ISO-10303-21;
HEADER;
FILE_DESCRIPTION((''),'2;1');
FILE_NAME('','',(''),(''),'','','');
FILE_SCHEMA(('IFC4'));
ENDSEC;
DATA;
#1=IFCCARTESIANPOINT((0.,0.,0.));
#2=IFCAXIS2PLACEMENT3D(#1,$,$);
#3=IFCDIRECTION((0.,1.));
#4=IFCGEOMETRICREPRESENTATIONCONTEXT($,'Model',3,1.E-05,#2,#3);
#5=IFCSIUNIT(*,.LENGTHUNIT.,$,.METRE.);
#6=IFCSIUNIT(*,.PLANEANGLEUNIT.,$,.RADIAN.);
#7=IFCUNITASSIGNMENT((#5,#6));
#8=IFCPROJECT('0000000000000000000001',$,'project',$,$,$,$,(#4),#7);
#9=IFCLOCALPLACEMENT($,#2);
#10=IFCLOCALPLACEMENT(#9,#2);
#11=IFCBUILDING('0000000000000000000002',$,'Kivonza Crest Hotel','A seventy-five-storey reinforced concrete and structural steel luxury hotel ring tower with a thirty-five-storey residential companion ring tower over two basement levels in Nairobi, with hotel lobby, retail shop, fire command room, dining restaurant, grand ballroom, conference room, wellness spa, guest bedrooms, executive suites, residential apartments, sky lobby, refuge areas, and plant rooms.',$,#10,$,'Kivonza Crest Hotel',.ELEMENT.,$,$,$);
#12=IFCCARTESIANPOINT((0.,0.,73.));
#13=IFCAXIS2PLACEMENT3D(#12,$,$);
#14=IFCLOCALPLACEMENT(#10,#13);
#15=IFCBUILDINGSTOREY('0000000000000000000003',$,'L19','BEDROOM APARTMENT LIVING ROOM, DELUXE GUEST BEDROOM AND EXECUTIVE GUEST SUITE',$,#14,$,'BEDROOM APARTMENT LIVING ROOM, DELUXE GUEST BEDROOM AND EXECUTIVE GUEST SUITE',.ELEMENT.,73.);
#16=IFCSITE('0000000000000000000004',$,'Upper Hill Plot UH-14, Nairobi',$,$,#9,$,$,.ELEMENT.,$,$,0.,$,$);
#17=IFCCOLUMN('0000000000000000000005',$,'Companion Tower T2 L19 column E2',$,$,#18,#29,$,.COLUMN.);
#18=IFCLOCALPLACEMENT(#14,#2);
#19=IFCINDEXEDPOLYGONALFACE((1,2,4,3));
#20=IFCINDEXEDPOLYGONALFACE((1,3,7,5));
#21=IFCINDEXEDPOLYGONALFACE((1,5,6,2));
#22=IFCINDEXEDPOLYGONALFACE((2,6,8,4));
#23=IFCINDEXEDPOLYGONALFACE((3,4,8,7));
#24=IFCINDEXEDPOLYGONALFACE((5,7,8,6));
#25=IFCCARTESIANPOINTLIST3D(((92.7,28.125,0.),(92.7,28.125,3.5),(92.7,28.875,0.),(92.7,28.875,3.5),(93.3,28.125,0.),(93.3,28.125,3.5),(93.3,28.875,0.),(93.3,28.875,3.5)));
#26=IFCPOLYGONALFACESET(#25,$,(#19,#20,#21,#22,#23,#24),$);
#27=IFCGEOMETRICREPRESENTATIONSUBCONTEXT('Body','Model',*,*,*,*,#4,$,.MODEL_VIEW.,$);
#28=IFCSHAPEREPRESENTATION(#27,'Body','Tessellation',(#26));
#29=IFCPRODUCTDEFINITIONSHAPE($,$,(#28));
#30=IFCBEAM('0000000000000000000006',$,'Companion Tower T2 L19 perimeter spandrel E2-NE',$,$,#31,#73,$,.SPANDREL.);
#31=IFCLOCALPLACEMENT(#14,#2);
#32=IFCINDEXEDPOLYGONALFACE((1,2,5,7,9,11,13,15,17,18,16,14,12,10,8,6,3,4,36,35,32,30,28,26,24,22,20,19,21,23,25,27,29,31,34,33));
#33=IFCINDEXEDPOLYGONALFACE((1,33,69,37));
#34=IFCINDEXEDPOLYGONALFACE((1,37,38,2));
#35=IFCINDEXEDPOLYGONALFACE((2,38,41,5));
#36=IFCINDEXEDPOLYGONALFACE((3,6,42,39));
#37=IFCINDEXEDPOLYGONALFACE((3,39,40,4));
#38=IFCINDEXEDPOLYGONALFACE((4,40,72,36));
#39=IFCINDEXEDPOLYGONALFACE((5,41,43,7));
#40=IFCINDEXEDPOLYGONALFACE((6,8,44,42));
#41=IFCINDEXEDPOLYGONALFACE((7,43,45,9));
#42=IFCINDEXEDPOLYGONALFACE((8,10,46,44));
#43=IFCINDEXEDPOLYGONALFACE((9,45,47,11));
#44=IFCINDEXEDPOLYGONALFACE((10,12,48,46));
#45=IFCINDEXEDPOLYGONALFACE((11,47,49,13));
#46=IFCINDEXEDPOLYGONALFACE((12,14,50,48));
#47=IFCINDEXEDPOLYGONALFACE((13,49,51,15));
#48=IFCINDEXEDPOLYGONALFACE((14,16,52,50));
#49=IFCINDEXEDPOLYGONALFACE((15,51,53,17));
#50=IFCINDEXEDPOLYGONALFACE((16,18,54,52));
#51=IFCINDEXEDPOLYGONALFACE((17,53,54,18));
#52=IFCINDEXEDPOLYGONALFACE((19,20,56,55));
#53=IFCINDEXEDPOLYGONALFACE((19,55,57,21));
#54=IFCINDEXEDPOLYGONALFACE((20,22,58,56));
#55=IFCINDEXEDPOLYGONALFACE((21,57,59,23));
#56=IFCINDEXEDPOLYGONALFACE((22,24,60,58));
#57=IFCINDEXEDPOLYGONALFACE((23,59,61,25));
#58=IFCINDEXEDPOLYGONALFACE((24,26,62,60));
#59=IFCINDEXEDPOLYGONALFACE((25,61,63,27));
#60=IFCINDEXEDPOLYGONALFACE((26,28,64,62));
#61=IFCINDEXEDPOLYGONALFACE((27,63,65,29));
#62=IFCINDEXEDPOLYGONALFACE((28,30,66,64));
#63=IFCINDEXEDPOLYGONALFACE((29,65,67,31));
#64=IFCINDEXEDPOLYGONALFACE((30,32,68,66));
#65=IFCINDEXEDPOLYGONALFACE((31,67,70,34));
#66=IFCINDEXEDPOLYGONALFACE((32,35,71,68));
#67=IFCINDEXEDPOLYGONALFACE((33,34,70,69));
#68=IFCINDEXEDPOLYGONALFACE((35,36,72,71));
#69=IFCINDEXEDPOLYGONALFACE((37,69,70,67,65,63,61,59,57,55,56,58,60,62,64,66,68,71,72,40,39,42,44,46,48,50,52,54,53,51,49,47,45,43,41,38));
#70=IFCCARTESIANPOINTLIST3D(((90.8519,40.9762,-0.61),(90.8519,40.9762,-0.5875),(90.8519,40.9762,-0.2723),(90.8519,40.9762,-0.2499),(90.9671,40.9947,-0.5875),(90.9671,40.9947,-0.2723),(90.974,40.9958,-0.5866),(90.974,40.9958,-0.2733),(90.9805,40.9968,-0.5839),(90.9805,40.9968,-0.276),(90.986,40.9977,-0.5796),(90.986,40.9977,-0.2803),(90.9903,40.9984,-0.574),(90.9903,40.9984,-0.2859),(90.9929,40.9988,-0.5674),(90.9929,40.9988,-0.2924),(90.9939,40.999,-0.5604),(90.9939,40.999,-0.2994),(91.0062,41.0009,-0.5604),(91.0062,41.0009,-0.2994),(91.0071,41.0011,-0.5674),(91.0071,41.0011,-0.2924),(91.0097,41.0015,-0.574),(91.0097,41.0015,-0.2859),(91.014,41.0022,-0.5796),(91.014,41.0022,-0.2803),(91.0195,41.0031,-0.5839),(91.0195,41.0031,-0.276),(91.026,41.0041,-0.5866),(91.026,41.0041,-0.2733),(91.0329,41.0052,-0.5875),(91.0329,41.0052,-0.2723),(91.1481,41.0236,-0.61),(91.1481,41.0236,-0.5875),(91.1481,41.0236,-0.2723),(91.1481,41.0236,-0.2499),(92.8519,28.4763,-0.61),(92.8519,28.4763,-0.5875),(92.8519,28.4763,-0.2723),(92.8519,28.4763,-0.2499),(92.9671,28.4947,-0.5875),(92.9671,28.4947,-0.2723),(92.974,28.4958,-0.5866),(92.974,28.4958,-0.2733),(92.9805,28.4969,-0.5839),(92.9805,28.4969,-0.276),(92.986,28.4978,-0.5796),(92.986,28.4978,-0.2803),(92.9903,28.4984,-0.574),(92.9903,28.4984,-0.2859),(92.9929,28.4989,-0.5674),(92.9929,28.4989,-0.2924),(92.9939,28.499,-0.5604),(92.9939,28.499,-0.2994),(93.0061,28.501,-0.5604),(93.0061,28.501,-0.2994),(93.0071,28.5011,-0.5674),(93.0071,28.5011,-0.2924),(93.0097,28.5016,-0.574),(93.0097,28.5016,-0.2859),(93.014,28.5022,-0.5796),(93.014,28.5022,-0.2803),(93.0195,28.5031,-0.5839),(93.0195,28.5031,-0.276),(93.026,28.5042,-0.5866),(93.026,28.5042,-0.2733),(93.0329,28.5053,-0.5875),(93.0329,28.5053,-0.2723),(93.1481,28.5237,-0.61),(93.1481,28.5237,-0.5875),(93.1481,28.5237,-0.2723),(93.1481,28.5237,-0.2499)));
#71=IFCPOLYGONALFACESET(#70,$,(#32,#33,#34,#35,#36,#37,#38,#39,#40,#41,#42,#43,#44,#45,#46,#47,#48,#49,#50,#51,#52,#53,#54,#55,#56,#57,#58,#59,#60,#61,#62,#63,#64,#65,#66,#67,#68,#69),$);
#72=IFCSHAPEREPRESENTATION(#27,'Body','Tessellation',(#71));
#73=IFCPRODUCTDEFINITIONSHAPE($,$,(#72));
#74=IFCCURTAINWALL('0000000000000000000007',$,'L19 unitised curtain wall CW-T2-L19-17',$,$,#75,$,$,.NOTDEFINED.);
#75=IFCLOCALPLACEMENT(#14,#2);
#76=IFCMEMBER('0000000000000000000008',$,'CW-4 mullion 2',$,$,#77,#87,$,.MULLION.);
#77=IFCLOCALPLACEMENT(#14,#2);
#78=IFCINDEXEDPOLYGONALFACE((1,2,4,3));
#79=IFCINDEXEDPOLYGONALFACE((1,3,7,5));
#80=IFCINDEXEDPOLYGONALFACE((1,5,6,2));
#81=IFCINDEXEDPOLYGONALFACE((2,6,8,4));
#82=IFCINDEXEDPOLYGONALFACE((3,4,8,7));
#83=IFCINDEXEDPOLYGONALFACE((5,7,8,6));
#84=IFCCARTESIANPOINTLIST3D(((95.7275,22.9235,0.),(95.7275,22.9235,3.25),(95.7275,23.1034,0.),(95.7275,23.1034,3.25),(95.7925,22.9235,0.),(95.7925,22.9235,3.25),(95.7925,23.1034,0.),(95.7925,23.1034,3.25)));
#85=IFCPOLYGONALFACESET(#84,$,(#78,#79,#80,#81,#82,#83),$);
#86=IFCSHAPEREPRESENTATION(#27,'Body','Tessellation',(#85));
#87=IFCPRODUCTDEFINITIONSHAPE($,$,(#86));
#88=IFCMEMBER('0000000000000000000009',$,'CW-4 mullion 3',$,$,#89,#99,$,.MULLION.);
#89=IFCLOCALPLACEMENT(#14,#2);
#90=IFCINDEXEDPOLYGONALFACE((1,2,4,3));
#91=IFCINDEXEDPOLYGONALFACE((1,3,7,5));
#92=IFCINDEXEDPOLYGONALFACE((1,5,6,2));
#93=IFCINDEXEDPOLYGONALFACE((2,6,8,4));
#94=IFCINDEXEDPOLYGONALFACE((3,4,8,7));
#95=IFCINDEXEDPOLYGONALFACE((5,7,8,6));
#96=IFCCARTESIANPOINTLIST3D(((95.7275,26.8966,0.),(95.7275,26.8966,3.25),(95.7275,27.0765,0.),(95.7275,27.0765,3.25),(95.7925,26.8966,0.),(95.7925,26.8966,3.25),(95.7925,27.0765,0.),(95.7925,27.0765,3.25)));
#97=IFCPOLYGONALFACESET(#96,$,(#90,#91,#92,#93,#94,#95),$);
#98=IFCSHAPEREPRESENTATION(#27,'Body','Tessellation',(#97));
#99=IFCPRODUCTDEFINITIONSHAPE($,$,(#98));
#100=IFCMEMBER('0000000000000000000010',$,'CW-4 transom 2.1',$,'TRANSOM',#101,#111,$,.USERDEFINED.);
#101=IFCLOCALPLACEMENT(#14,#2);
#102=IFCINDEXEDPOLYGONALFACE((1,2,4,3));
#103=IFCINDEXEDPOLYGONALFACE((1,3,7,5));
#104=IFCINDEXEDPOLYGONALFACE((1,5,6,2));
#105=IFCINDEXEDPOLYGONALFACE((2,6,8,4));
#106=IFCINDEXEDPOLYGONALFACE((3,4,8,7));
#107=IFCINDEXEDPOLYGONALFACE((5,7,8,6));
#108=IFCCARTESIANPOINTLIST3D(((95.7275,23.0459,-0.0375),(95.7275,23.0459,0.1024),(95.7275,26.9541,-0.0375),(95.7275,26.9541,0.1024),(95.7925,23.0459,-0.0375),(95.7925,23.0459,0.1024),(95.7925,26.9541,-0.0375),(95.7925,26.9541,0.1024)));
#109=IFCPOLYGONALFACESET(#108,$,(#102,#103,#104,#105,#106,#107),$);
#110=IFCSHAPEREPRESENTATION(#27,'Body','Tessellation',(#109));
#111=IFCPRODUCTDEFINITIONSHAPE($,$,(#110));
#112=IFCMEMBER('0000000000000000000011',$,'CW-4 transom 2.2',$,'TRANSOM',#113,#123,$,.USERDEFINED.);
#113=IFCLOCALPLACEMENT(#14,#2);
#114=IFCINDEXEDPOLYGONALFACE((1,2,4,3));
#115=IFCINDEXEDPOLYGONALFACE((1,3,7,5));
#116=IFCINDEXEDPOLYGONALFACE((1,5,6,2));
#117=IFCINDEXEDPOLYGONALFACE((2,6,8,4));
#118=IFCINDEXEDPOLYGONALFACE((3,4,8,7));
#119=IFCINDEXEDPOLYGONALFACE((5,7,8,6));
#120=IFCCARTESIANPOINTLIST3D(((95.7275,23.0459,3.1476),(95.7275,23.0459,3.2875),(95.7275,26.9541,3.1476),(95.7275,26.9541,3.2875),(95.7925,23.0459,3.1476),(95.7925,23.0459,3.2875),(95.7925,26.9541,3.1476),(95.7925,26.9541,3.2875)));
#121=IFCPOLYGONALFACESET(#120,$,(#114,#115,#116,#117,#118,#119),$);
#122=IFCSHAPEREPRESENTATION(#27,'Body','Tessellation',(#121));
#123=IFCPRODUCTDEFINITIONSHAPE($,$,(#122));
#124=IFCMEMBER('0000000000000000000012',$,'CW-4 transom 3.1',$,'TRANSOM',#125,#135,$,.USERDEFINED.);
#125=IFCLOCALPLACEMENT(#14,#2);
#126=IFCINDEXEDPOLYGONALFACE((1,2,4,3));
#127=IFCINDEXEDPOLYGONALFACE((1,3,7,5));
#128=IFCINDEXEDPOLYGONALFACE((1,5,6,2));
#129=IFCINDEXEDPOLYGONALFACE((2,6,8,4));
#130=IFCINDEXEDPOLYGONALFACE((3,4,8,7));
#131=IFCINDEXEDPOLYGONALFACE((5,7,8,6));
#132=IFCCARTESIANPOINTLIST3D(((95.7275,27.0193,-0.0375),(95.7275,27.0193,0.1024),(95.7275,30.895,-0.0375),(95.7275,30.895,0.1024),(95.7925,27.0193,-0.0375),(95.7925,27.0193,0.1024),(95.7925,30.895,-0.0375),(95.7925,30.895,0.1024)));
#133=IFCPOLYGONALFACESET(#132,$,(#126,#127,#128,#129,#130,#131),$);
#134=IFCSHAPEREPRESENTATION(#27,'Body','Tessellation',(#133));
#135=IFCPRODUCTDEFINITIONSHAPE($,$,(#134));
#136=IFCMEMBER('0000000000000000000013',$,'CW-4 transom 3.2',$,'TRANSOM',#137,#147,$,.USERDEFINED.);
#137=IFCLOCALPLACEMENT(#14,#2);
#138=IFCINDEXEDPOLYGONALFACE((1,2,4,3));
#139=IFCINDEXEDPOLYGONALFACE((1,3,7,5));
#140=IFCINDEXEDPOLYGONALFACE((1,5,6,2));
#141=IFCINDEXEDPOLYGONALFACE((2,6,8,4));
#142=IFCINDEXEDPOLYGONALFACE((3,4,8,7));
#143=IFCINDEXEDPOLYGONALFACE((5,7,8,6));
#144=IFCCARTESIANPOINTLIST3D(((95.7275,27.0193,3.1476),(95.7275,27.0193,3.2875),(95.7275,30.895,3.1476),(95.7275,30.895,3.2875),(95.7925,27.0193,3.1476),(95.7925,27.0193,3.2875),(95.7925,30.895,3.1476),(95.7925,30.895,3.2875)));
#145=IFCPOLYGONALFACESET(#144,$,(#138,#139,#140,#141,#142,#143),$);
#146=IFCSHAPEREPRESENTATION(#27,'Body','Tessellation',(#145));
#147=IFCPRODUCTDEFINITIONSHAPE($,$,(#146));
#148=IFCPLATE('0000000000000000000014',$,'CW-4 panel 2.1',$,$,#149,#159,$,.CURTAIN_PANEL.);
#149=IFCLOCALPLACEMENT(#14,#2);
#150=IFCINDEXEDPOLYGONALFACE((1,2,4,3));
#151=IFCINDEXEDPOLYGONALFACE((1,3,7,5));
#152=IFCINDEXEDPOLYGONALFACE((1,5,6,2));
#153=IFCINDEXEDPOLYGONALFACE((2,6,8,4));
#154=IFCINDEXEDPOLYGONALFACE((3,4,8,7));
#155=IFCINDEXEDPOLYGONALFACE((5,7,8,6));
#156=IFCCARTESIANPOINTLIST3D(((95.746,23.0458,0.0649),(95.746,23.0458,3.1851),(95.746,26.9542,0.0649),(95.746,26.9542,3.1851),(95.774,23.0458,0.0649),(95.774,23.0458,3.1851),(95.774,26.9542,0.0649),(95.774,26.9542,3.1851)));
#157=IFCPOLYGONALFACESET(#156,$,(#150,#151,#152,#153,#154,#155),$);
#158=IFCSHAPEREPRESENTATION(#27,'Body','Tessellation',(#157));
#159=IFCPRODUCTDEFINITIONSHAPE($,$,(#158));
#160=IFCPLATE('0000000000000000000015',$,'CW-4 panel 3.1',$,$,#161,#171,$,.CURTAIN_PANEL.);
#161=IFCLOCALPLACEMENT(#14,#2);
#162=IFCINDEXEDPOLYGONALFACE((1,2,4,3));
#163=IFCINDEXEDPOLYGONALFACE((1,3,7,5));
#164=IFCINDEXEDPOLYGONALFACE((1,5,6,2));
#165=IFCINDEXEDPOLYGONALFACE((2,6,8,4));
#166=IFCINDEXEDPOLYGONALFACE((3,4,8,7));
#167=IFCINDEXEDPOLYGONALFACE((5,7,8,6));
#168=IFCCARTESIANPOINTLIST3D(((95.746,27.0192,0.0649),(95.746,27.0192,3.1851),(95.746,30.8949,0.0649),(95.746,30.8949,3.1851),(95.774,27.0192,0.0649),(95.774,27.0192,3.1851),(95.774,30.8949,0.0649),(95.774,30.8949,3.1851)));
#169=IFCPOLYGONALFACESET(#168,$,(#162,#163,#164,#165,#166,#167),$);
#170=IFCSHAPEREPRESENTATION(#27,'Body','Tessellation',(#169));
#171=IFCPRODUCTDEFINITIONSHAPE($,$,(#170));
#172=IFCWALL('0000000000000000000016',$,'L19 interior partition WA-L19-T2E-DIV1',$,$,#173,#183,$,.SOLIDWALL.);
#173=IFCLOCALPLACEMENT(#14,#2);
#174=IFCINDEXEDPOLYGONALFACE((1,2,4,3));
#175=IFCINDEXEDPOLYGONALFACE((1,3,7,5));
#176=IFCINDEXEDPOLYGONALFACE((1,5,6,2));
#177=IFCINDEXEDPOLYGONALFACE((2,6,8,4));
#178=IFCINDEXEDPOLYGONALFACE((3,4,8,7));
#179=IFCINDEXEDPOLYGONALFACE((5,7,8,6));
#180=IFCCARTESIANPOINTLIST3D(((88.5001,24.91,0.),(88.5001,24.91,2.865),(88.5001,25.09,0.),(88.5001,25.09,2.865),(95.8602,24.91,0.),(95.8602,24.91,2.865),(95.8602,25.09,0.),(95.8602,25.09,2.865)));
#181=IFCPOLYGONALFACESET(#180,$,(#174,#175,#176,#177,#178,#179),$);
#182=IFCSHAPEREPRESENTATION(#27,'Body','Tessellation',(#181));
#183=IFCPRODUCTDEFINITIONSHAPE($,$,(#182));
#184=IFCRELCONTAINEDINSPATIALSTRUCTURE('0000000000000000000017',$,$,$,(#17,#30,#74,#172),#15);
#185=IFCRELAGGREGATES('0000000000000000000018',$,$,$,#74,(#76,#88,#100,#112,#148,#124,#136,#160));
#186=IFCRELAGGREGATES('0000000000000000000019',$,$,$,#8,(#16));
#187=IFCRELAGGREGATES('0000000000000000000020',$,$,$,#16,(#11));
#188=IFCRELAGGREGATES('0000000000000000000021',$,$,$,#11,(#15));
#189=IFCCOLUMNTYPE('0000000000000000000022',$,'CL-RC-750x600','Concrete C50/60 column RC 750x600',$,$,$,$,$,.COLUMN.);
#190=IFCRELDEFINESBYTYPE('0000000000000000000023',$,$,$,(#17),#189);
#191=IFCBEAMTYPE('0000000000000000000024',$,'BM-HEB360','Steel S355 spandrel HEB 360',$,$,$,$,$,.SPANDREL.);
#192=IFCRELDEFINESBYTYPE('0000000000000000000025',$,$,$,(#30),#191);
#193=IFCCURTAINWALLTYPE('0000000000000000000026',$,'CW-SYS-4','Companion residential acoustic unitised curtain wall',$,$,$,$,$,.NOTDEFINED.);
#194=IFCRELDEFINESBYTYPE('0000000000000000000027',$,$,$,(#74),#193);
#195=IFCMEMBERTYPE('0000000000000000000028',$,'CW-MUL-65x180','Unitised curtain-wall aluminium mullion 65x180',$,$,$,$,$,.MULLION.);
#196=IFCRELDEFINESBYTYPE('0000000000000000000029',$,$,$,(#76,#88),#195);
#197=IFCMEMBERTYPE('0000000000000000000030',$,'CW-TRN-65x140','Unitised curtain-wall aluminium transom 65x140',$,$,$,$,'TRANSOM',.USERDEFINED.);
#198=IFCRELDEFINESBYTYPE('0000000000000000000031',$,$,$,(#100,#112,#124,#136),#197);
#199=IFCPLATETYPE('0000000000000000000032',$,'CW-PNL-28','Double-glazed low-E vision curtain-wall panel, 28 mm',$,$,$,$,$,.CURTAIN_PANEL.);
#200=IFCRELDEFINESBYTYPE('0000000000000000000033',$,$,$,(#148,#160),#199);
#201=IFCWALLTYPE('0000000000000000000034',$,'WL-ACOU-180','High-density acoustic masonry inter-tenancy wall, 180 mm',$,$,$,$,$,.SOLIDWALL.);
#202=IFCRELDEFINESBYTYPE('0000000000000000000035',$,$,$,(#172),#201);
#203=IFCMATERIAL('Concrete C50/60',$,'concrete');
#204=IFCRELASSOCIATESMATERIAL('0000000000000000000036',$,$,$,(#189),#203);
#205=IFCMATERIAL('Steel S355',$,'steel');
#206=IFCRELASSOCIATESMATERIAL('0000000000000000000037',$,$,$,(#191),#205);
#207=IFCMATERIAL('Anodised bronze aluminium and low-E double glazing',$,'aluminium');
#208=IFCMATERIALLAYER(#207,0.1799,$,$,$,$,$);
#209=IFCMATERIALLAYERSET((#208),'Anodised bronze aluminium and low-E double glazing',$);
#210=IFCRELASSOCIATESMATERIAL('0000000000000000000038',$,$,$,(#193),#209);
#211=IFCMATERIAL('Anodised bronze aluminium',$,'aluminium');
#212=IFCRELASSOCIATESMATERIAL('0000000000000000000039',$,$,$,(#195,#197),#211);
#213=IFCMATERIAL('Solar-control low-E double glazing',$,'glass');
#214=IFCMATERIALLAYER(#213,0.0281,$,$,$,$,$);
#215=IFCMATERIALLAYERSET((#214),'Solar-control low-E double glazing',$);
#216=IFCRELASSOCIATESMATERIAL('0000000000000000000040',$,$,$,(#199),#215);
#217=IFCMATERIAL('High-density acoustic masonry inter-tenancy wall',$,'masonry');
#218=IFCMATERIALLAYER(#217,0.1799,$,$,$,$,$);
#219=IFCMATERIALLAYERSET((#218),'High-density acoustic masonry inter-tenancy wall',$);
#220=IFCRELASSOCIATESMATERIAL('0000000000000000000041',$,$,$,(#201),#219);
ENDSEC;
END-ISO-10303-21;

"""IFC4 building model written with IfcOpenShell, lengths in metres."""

from ifc_helpers import new_model, si_unit, direction, frame, frame_2d, origin, origin_2d, place, context, subcontext, project, spatial, rectangle, i_section, extrude, material, layer, layer_set, material_profile, profile_set, type_object, element, aggregate, save


model = new_model("IFC4")

# Units and contexts
model_context = context("Model", 3, precision=1e-05, world=origin(), true_north=direction((0.0, 1.0)))
body_context = subcontext(model_context, "Body", "Model", "MODEL_VIEW")
ifc_project = project(units=[si_unit("LENGTHUNIT", "METRE"), si_unit("PLANEANGLEUNIT", "RADIAN")], contexts=[model_context])

# Site, building, storey
site_placement = place(None, origin())
site = spatial("IfcSite", under=ifc_project, at=site_placement, Name="Upper Hill Plot UH-14, Nairobi", CompositionType="ELEMENT", RefElevation=0.0)
building_placement = place(site_placement, origin())
building = spatial("IfcBuilding", under=site, at=building_placement, Name="Kivonza Crest Hotel", Description="A seventy-five-storey reinforced concrete and structural steel luxury hotel ring tower with a thirty-five-storey residential companion ring tower over two basement levels in Nairobi, with hotel lobby, retail shop, fire command room, dining restaurant, grand ballroom, conference room, wellness spa, guest bedrooms, executive suites, residential apartments, sky lobby, refuge areas, and plant rooms.", LongName="Kivonza Crest Hotel", CompositionType="ELEMENT")
storey_placement = place(building_placement, frame((0.0, 0.0, 73.0)))
storey = spatial("IfcBuildingStorey", under=building, at=storey_placement, Name="L19", Description="BEDROOM APARTMENT LIVING ROOM, DELUXE GUEST BEDROOM AND EXECUTIVE GUEST SUITE", LongName="BEDROOM APARTMENT LIVING ROOM, DELUXE GUEST BEDROOM AND EXECUTIVE GUEST SUITE", CompositionType="ELEMENT", Elevation=73.0)

# Column
ifc_material_1 = material(Name="Concrete C50/60", Category="concrete")
ifc_material_profile_1 = material_profile(ifc_material_1, rectangle(XDim=0.6001, YDim=0.75, at=origin_2d()), Name="RC 750x600")
ifc_profile_set_1 = profile_set([ifc_material_profile_1], Name="Concrete C50/60")
column_type = type_object("IfcColumnType", Name="CL-RC-750x600", Description="Concrete C50/60 column RC 750x600", PredefinedType="COLUMN", material=ifc_profile_set_1)
column_placement = place(storey_placement, frame((93.0, 28.5, 0.0), z_axis=(0.0, 0.0, 1.0), x_axis=(1.0, 0.0, 0.0)))
element("IfcColumn", 1, at=column_placement, inside=storey, type_object=column_type, Name="Companion Tower T2 L19 column E2", PredefinedType="COLUMN", context=body_context, shape_type="SweptSolid", body=[
    extrude(rectangle(XDim=0.6001, YDim=0.75, at=origin_2d()), origin(), (0.0, 0.0, 1.0), 3.5),
])

# Beam
ifc_material_2 = material(Name="Steel S355", Category="steel")
ifc_material_profile_2 = material_profile(ifc_material_2, i_section(OverallWidth=0.3, OverallDepth=0.3601, WebThickness=0.0125, FlangeThickness=0.0225, FilletRadius=0.0271, at=origin_2d()), Name="HEB 360")
ifc_profile_set_2 = profile_set([ifc_material_profile_2], Name="Steel S355")
beam_type = type_object("IfcBeamType", Name="BM-HEB360", Description="Steel S355 spandrel HEB 360", PredefinedType="SPANDREL", material=ifc_profile_set_2)
beam_placement = place(storey_placement, frame((93.0, 28.5, -0.4299), z_axis=(-0.157991, 0.987441, 0.0), x_axis=(-0.987441, -0.157991, 0.0)))
element("IfcBeam", 2, at=beam_placement, inside=storey, type_object=beam_type, Name="Companion Tower T2 L19 perimeter spandrel E2-NE", PredefinedType="SPANDREL", context=body_context, shape_type="SweptSolid", body=[
    extrude(i_section(OverallWidth=0.3, OverallDepth=0.3601, WebThickness=0.0125, FlangeThickness=0.0225, FilletRadius=0.0271, at=origin_2d()), origin(), (0.0, 0.0, 1.0), 12.6589),
])

# Curtain wall, members, plates
ifc_material_3 = material(Name="Anodised bronze aluminium and low-E double glazing", Category="aluminium")
ifc_layer_1 = layer(ifc_material_3, 0.1799)
ifc_layer_set_1 = layer_set([ifc_layer_1], Name="Anodised bronze aluminium and low-E double glazing")
curtain_wall_type = type_object("IfcCurtainWallType", Name="CW-SYS-4", Description="Companion residential acoustic unitised curtain wall", PredefinedType="NOTDEFINED", material=ifc_layer_set_1)
curtain_wall_placement = place(storey_placement, origin())
curtain_wall = element("IfcCurtainWall", 3, at=curtain_wall_placement, inside=storey, type_object=curtain_wall_type, Name="L19 unitised curtain wall CW-T2-L19-17", PredefinedType="NOTDEFINED")
ifc_material_4 = material(Name="Anodised bronze aluminium", Category="aluminium")
ifc_material_profile_3 = material_profile(ifc_material_4, rectangle(XDim=0.0649, YDim=0.1799, at=origin_2d()), Name="CW-M 65x180")
ifc_profile_set_3 = profile_set([ifc_material_profile_3], Name="Anodised bronze aluminium")
member_type_1 = type_object("IfcMemberType", Name="CW-MUL-65x180", Description="Unitised curtain-wall aluminium mullion 65x180", PredefinedType="MULLION", material=ifc_profile_set_3)
member_1_placement = place(storey_placement, frame((95.76, 23.0134, 0.0), z_axis=(0.0, 0.0, 1.0), x_axis=(-1.0, 0.0, 0.0)))
member_1 = element("IfcMember", 4, at=member_1_placement, type_object=member_type_1, Name="CW-4 mullion 2", PredefinedType="MULLION", context=body_context, shape_type="SweptSolid", body=[
    extrude(rectangle(XDim=0.0649, YDim=0.1799, at=origin_2d()), origin(), (0.0, 0.0, 1.0), 3.25),
])
member_2_placement = place(storey_placement, frame((95.76, 26.9866, 0.0), z_axis=(0.0, 0.0, 1.0), x_axis=(-1.0, 0.0, 0.0)))
member_2 = element("IfcMember", 5, at=member_2_placement, type_object=member_type_1, Name="CW-4 mullion 3", PredefinedType="MULLION", context=body_context, shape_type="SweptSolid", body=[
    extrude(rectangle(XDim=0.0649, YDim=0.1799, at=origin_2d()), origin(), (0.0, 0.0, 1.0), 3.25),
])
ifc_material_profile_4 = material_profile(ifc_material_4, rectangle(XDim=0.0649, YDim=0.1399, at=origin_2d()), Name="CW-T 65x140")
ifc_profile_set_4 = profile_set([ifc_material_profile_4], Name="Anodised bronze aluminium")
member_type_2 = type_object("IfcMemberType", Name="CW-TRN-65x140", Description="Unitised curtain-wall aluminium transom 65x140", ElementType="TRANSOM", PredefinedType="USERDEFINED", material=ifc_profile_set_4)
member_3_placement = place(storey_placement, frame((95.76, 23.0459, 0.0325), z_axis=(0.0, 1.0, 0.0), x_axis=(-1.0, 0.0, 0.0)))
member_3 = element("IfcMember", 6, at=member_3_placement, type_object=member_type_2, Name="CW-4 transom 2.1", ObjectType="TRANSOM", PredefinedType="USERDEFINED", context=body_context, shape_type="SweptSolid", body=[
    extrude(rectangle(XDim=0.0649, YDim=0.1399, at=origin_2d()), origin(), (0.0, 0.0, 1.0), 3.9082),
])
member_4_placement = place(storey_placement, frame((95.76, 23.0459, 3.2175), z_axis=(0.0, 1.0, 0.0), x_axis=(-1.0, 0.0, 0.0)))
member_4 = element("IfcMember", 7, at=member_4_placement, type_object=member_type_2, Name="CW-4 transom 2.2", ObjectType="TRANSOM", PredefinedType="USERDEFINED", context=body_context, shape_type="SweptSolid", body=[
    extrude(rectangle(XDim=0.0649, YDim=0.1399, at=origin_2d()), origin(), (0.0, 0.0, 1.0), 3.9082),
])
member_5_placement = place(storey_placement, frame((95.76, 27.0193, 0.0325), z_axis=(0.0, 1.0, 0.0), x_axis=(-1.0, 0.0, 0.0)))
member_5 = element("IfcMember", 8, at=member_5_placement, type_object=member_type_2, Name="CW-4 transom 3.1", ObjectType="TRANSOM", PredefinedType="USERDEFINED", context=body_context, shape_type="SweptSolid", body=[
    extrude(rectangle(XDim=0.0649, YDim=0.1399, at=origin_2d()), origin(), (0.0, 0.0, 1.0), 3.8757),
])
member_6_placement = place(storey_placement, frame((95.76, 27.0193, 3.2175), z_axis=(0.0, 1.0, 0.0), x_axis=(-1.0, 0.0, 0.0)))
member_6 = element("IfcMember", 9, at=member_6_placement, type_object=member_type_2, Name="CW-4 transom 3.2", ObjectType="TRANSOM", PredefinedType="USERDEFINED", context=body_context, shape_type="SweptSolid", body=[
    extrude(rectangle(XDim=0.0649, YDim=0.1399, at=origin_2d()), origin(), (0.0, 0.0, 1.0), 3.8757),
])
ifc_material_5 = material(Name="Solar-control low-E double glazing", Category="glass")
ifc_layer_2 = layer(ifc_material_5, 0.0281)
ifc_layer_set_2 = layer_set([ifc_layer_2], Name="Solar-control low-E double glazing")
plate_type = type_object("IfcPlateType", Name="CW-PNL-28", Description="Double-glazed low-E vision curtain-wall panel, 28 mm", PredefinedType="CURTAIN_PANEL", material=ifc_layer_set_2)
plate_1_placement = place(storey_placement, frame((95.76, 25.0, 0.0649), z_axis=(0.0, 0.0, 1.0), x_axis=(0.0, 1.0, 0.0)))
plate_1 = element("IfcPlate", 10, at=plate_1_placement, type_object=plate_type, Name="CW-4 panel 2.1", PredefinedType="CURTAIN_PANEL", context=body_context, shape_type="SweptSolid", body=[
    extrude(rectangle(XDim=3.9084, YDim=0.0281, at=origin_2d()), origin(), (0.0, 0.0, 1.0), 3.1201),
])
plate_2_placement = place(storey_placement, frame((95.76, 28.957, 0.0649), z_axis=(0.0, 0.0, 1.0), x_axis=(0.0, 1.0, 0.0)))
plate_2 = element("IfcPlate", 11, at=plate_2_placement, type_object=plate_type, Name="CW-4 panel 3.1", PredefinedType="CURTAIN_PANEL", context=body_context, shape_type="SweptSolid", body=[
    extrude(rectangle(XDim=3.8757, YDim=0.0281, at=origin_2d()), origin(), (0.0, 0.0, 1.0), 3.1201),
])
aggregate(curtain_wall, [member_1, member_2, member_3, member_4, plate_1, member_5, member_6, plate_2])

# Wall
ifc_material_6 = material(Name="High-density acoustic masonry inter-tenancy wall", Category="masonry")
ifc_layer_3 = layer(ifc_material_6, 0.1799)
ifc_layer_set_3 = layer_set([ifc_layer_3], Name="High-density acoustic masonry inter-tenancy wall")
wall_type_1 = type_object("IfcWallType", Name="WL-ACOU-180", Description="High-density acoustic masonry inter-tenancy wall, 180 mm", PredefinedType="SOLIDWALL", material=ifc_layer_set_3)
wall_1_placement = place(storey_placement, frame((88.5, 25.0, 0.0), z_axis=(0.0, 0.0, 1.0), x_axis=(1.0, 0.0, 0.0)))
element("IfcWall", 12, at=wall_1_placement, inside=storey, type_object=wall_type_1, Name="L19 interior partition WA-L19-T2E-DIV1", PredefinedType="SOLIDWALL", context=body_context, shape_type="SweptSolid", body=[
    extrude(rectangle(XDim=7.3601, YDim=0.1799, at=frame_2d((3.6802, 0.0))), origin(), (0.0, 0.0, 1.0), 2.865),
])

save(model, "model.ifc")
